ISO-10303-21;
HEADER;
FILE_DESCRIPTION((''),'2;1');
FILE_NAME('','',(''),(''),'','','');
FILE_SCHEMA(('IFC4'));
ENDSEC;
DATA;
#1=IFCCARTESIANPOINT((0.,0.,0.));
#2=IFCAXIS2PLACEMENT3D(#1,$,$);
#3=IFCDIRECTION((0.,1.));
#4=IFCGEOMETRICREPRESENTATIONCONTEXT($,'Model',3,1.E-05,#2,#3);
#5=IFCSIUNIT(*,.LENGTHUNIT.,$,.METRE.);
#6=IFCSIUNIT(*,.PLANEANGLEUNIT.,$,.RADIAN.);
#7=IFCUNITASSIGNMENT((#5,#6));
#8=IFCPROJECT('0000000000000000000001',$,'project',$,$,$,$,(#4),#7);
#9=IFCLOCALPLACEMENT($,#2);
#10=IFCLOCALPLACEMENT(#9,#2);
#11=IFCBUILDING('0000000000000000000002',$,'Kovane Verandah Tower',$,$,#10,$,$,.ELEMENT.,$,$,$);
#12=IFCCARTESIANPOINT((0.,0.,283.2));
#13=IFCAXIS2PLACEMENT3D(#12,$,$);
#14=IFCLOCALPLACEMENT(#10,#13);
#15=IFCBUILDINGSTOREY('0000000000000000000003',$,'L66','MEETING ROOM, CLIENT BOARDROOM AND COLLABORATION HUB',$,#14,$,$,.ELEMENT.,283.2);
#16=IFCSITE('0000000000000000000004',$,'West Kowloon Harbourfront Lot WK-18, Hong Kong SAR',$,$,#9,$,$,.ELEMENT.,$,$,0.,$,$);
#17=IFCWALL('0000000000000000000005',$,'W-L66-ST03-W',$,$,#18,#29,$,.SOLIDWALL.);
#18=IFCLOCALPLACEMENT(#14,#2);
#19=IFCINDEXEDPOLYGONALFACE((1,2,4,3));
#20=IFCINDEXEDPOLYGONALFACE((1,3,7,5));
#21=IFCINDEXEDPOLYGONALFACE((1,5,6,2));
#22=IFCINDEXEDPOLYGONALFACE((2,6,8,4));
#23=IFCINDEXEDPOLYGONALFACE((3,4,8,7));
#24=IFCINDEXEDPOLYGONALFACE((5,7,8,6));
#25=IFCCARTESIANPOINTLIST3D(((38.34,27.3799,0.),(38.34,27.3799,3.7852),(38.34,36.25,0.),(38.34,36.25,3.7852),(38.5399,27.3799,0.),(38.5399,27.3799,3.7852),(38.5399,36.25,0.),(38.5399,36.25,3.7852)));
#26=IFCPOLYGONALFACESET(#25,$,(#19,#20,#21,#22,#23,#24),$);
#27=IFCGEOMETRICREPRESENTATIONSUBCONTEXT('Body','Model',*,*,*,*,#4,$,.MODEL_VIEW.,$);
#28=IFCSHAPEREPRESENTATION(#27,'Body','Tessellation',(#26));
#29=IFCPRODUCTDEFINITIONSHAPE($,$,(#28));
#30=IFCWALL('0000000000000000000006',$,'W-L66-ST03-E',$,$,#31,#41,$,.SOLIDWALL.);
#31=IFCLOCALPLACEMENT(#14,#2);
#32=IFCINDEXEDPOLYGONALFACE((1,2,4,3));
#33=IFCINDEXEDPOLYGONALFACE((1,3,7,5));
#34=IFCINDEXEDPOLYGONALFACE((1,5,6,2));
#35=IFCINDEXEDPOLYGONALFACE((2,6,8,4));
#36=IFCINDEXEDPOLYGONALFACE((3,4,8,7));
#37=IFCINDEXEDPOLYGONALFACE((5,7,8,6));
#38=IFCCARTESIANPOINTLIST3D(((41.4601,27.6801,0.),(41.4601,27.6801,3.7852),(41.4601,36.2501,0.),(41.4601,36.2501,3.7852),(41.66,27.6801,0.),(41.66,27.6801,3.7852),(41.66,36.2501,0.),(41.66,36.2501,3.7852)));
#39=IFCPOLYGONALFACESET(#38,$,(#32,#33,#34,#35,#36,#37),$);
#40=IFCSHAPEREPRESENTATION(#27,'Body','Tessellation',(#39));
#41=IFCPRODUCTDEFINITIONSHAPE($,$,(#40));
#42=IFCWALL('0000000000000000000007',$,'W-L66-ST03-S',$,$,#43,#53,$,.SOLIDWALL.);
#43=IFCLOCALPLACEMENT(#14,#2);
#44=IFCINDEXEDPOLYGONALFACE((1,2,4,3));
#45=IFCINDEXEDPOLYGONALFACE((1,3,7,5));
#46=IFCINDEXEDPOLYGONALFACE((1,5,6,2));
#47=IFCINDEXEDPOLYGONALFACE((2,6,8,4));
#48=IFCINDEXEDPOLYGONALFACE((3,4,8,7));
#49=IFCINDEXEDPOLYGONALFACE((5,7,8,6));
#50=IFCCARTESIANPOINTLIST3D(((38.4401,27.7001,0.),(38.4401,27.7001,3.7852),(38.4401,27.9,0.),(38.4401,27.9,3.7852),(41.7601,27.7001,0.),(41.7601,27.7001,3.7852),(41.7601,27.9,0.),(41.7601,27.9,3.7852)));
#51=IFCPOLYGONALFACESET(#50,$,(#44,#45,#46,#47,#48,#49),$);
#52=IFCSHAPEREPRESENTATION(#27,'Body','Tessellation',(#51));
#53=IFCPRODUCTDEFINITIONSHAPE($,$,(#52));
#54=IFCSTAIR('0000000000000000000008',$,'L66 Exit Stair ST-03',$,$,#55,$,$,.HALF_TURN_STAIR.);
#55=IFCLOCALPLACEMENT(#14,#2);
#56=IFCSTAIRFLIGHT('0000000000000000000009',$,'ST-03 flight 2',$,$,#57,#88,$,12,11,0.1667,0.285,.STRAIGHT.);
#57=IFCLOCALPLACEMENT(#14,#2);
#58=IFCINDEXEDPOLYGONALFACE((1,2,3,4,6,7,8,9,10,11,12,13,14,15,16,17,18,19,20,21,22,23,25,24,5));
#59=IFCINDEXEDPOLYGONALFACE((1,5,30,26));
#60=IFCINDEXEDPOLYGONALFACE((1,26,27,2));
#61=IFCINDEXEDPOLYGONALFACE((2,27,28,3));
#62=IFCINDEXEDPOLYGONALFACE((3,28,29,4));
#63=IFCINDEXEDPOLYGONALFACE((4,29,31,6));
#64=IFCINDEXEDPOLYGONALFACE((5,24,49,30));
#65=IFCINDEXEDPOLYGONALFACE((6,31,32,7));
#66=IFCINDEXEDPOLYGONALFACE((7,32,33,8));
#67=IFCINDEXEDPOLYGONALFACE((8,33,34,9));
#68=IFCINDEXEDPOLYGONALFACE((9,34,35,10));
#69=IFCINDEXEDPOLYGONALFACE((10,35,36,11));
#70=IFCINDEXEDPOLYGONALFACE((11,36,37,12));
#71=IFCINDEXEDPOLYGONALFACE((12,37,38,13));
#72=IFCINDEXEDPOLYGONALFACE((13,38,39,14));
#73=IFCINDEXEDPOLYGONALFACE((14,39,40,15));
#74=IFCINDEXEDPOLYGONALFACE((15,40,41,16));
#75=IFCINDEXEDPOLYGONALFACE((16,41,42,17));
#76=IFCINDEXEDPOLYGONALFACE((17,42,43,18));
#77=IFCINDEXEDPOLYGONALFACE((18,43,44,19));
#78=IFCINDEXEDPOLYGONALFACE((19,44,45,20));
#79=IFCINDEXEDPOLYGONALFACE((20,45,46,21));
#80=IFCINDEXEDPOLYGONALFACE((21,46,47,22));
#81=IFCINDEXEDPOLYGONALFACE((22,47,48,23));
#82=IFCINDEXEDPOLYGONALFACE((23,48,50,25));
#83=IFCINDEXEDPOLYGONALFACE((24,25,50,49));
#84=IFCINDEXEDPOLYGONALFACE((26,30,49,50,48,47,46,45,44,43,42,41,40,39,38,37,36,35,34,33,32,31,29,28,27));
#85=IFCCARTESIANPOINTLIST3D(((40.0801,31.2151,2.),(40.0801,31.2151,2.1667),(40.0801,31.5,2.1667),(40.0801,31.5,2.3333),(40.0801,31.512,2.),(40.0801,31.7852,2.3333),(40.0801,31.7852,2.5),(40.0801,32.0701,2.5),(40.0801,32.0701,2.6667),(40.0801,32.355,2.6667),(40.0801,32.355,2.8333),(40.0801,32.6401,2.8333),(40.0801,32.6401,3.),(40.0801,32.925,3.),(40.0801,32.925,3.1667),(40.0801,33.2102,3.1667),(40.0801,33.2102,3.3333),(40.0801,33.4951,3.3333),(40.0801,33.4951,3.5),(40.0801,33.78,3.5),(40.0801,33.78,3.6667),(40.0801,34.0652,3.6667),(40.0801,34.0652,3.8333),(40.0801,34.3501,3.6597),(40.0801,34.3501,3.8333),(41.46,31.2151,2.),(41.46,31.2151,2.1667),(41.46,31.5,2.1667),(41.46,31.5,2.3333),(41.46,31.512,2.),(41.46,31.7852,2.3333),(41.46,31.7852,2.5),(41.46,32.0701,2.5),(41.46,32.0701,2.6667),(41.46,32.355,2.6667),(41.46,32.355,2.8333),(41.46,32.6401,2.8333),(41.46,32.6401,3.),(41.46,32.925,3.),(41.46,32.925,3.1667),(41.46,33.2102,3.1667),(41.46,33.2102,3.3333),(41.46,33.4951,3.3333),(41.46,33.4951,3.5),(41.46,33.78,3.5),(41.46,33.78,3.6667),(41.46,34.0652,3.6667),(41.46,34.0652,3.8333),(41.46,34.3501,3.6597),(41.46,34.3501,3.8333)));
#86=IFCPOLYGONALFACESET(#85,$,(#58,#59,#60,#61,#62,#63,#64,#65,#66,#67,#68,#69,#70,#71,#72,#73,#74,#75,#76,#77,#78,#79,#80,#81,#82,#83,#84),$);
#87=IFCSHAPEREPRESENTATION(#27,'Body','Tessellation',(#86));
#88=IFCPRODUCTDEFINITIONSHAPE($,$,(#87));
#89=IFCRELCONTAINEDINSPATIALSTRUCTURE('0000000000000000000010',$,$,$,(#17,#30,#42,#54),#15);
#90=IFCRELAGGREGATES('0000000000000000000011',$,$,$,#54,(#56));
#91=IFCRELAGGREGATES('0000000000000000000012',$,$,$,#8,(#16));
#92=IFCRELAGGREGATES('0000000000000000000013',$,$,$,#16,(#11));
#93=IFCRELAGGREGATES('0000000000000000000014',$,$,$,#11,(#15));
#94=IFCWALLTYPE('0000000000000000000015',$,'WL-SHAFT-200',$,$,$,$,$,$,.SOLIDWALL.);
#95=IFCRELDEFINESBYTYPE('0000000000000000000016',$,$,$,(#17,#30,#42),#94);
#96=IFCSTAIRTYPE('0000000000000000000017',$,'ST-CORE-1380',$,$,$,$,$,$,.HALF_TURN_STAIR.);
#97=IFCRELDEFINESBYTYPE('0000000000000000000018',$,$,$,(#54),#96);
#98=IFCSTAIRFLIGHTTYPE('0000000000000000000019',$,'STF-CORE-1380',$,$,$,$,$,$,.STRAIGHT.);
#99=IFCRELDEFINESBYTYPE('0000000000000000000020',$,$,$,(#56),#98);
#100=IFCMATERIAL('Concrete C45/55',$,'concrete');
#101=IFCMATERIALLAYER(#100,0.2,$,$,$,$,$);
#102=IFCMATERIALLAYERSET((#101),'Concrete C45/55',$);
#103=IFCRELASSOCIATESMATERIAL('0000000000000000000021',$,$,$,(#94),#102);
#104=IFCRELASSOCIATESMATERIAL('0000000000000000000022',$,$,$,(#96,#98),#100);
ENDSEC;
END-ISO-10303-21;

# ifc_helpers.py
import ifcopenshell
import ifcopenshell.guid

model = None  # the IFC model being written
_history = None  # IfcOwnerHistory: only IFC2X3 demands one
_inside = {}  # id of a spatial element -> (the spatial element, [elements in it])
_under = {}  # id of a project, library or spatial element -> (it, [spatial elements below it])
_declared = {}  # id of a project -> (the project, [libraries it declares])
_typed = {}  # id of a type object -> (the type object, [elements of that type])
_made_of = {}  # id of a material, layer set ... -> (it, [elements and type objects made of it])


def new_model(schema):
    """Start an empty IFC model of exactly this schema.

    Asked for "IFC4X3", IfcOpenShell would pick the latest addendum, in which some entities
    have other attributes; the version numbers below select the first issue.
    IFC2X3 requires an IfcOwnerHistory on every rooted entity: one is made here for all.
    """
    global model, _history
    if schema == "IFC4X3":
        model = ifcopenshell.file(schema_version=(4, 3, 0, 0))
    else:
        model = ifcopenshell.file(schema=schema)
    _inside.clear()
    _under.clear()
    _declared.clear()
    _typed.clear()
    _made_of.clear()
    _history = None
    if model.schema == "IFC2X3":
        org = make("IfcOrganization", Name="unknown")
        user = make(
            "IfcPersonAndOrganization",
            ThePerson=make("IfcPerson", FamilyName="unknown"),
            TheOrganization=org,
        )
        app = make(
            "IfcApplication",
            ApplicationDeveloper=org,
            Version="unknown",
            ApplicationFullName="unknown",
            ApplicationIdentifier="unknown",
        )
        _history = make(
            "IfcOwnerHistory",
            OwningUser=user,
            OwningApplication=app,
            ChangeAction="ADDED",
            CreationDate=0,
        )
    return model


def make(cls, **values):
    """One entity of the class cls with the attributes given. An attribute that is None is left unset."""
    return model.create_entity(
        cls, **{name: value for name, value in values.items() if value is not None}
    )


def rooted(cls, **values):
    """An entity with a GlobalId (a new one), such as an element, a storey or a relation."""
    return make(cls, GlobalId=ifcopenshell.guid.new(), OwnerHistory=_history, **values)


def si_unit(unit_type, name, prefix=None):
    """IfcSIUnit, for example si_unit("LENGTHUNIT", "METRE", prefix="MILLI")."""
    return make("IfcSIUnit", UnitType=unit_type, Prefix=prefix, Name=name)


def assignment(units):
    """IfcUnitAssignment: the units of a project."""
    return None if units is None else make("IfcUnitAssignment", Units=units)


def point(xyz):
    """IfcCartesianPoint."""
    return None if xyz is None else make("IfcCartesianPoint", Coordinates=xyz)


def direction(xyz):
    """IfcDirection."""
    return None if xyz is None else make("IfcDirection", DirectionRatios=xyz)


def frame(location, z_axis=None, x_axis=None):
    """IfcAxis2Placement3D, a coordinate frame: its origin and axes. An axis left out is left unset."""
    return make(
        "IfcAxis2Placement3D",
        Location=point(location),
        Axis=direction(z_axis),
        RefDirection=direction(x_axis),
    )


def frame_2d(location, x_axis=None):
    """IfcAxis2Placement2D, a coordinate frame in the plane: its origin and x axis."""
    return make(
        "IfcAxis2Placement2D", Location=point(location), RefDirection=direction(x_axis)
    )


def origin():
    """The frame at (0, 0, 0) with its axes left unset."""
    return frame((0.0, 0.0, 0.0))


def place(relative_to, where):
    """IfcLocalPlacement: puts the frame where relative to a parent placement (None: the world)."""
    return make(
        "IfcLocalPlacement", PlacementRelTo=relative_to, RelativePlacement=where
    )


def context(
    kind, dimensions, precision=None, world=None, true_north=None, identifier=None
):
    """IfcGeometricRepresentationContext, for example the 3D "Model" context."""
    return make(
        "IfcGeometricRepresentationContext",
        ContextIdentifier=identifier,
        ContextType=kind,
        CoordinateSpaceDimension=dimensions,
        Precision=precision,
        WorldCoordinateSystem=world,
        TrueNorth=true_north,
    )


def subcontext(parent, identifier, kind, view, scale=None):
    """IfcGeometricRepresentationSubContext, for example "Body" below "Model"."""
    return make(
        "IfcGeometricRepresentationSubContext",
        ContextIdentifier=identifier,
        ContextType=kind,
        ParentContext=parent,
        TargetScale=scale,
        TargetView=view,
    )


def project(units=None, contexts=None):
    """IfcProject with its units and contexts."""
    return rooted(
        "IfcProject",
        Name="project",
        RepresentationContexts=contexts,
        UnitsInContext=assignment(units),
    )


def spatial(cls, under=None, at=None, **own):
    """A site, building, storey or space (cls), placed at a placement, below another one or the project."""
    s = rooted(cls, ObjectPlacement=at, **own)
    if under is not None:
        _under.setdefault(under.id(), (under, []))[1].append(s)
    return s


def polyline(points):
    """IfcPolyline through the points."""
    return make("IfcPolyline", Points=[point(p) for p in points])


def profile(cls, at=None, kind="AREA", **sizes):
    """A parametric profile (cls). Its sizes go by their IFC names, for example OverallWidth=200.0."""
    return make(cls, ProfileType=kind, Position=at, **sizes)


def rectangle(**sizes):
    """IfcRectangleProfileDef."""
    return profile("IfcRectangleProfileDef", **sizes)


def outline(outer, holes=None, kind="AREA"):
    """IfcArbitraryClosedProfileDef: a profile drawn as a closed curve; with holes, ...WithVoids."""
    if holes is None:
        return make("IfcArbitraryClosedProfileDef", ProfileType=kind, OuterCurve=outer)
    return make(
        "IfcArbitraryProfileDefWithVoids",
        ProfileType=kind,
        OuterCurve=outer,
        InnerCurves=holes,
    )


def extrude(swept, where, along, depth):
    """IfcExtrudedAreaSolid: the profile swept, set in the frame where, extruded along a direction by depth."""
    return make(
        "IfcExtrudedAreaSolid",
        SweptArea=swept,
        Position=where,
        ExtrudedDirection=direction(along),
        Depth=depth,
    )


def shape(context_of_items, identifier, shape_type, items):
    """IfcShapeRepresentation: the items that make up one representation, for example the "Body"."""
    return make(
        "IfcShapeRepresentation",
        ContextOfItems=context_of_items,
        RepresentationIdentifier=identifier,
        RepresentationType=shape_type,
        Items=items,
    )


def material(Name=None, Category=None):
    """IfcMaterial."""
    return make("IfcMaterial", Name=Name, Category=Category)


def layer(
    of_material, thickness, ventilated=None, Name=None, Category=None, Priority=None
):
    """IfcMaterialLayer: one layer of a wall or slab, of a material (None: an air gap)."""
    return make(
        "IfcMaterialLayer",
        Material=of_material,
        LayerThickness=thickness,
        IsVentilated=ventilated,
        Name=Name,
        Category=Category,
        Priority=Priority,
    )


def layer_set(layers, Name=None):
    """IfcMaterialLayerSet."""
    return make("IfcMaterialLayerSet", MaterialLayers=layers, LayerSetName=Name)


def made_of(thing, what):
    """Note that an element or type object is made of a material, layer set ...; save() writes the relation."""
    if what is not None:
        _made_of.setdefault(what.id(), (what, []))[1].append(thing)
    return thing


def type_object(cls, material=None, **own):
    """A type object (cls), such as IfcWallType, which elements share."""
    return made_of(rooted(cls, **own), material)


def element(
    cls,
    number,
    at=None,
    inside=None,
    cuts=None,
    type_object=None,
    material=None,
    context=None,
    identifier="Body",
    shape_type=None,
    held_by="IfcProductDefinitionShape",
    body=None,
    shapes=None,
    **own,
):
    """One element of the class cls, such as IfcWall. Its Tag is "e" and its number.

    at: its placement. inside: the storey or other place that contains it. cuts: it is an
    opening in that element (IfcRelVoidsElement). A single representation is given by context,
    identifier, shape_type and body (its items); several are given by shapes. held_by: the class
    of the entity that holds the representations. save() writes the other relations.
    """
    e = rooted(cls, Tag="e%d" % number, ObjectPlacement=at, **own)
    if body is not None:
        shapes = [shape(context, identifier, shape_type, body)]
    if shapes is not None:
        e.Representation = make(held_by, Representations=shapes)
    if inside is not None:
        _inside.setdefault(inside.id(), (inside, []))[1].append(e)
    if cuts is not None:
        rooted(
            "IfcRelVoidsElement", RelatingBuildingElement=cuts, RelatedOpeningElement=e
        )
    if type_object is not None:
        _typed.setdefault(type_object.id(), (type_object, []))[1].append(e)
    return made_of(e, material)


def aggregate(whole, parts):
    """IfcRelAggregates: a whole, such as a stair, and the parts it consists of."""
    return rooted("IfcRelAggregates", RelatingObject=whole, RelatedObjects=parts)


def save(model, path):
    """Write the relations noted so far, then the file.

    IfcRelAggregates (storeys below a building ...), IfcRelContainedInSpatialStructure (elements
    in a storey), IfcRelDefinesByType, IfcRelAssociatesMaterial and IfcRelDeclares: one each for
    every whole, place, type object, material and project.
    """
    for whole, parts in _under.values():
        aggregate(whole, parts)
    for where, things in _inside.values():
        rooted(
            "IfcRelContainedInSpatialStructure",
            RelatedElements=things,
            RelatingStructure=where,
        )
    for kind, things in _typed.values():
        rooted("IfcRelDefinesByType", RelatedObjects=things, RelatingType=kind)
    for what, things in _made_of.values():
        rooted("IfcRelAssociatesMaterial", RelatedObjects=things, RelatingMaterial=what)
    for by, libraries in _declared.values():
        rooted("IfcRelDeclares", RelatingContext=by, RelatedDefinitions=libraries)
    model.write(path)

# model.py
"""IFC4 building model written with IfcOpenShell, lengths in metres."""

from ifc_helpers import new_model, si_unit, direction, frame, frame_2d, origin, place, context, subcontext, project, spatial, polyline, rectangle, outline, extrude, material, layer, layer_set, type_object, element, aggregate, save


model = new_model("IFC4")

# Units and contexts
model_context = context("Model", 3, precision=1e-05, world=origin(), true_north=direction((0.0, 1.0)))
body_context = subcontext(model_context, "Body", "Model", "MODEL_VIEW")
ifc_project = project(units=[si_unit("LENGTHUNIT", "METRE"), si_unit("PLANEANGLEUNIT", "RADIAN")], contexts=[model_context])

# Site, building, storey
site_placement = place(None, origin())
site = spatial("IfcSite", under=ifc_project, at=site_placement, Name="West Kowloon Harbourfront Lot WK-18, Hong Kong SAR", CompositionType="ELEMENT", RefElevation=0.0)
building_placement = place(site_placement, origin())
building = spatial("IfcBuilding", under=site, at=building_placement, Name="Kovane Verandah Tower", CompositionType="ELEMENT")
storey_placement = place(building_placement, frame((0.0, 0.0, 283.2)))
storey = spatial("IfcBuildingStorey", under=building, at=storey_placement, Name="L66", Description="MEETING ROOM, CLIENT BOARDROOM AND COLLABORATION HUB", CompositionType="ELEMENT", Elevation=283.2)

# Walls
ifc_material_1 = material(Name="Concrete C45/55", Category="concrete")
ifc_layer_1 = layer(ifc_material_1, 0.2)
ifc_layer_set_1 = layer_set([ifc_layer_1], Name="Concrete C45/55")
wall_type_1 = type_object("IfcWallType", Name="WL-SHAFT-200", PredefinedType="SOLIDWALL", material=ifc_layer_set_1)
wall_1_placement = place(storey_placement, frame((38.4399, 27.3799, 0.0), z_axis=(0.0, 0.0, 1.0), x_axis=(0.0, 1.0, 0.0)))
element("IfcWall", 1, at=wall_1_placement, inside=storey, type_object=wall_type_1, Name="W-L66-ST03-W", PredefinedType="SOLIDWALL", context=body_context, shape_type="SweptSolid", body=[
    extrude(rectangle(XDim=8.8701, YDim=0.2, at=frame_2d((4.4351, 0.0))), origin(), (0.0, 0.0, 1.0), 3.7852),
])
wall_2_placement = place(storey_placement, frame((41.5601, 27.6799, 0.0), z_axis=(0.0, 0.0, 1.0), x_axis=(0.0, 1.0, 0.0)))
element("IfcWall", 2, at=wall_2_placement, inside=storey, type_object=wall_type_1, Name="W-L66-ST03-E", PredefinedType="SOLIDWALL", context=body_context, shape_type="SweptSolid", body=[
    extrude(rectangle(XDim=8.5701, YDim=0.2, at=frame_2d((4.2852, 0.0))), origin(), (0.0, 0.0, 1.0), 3.7852),
])
wall_3_placement = place(storey_placement, frame((38.4399, 27.8, 0.0), z_axis=(0.0, 0.0, 1.0), x_axis=(1.0, 0.0, 0.0)))
element("IfcWall", 3, at=wall_3_placement, inside=storey, type_object=wall_type_1, Name="W-L66-ST03-S", PredefinedType="SOLIDWALL", context=body_context, shape_type="SweptSolid", body=[
    extrude(rectangle(XDim=3.3201, YDim=0.2, at=frame_2d((1.6602, 0.0))), origin(), (0.0, 0.0, 1.0), 3.7852),
])

# Stair, stair flight
stair_type = type_object("IfcStairType", Name="ST-CORE-1380", PredefinedType="HALF_TURN_STAIR", material=ifc_material_1)
stair_placement = place(storey_placement, origin())
stair = element("IfcStair", 4, at=stair_placement, inside=storey, type_object=stair_type, Name="L66 Exit Stair ST-03", PredefinedType="HALF_TURN_STAIR")
stair_flight_type = type_object("IfcStairFlightType", Name="STF-CORE-1380", PredefinedType="STRAIGHT", material=ifc_material_1)
stair_flight_placement = place(storey_placement, frame((40.77, 31.2151, 2.0), z_axis=(0.0, 0.0, 1.0), x_axis=(0.0, 1.0, 0.0)))
stair_flight = element("IfcStairFlight", 5, at=stair_flight_placement, type_object=stair_flight_type, Name="ST-03 flight 2", NumberOfRisers=12, NumberOfTreads=11, PredefinedType="STRAIGHT", RiserHeight=0.1667, TreadLength=0.285, context=body_context, shape_type="SweptSolid", body=[
    extrude(outline(polyline([(0.0, 0.0), (0.0, 0.1667), (0.2849, 0.1667), (0.2849, 0.3333), (0.5701, 0.3333), (0.5701, 0.5), (0.855, 0.5), (0.855, 0.6667), (1.1399, 0.6667), (1.1399, 0.8333), (1.425, 0.8333), (1.425, 1.0), (1.71, 1.0), (1.71, 1.1667), (1.9951, 1.1667), (1.9951, 1.3333), (2.28, 1.3333), (2.28, 1.5), (2.5649, 1.5), (2.5649, 1.6667), (2.8501, 1.6667), (2.8501, 1.8333), (3.135, 1.8333), (3.135, 2.0), (3.135, 1.6597), (0.2969, 0.0), (0.0, 0.0)])), frame((0.0, 0.6899, 0.0), z_axis=(0.0, -1.0, 0.0), x_axis=(1.0, 0.0, 0.0)), (0.0, 0.0, 1.0), 1.3799),
])
aggregate(stair, [stair_flight])

save(model, "model.ifc")
